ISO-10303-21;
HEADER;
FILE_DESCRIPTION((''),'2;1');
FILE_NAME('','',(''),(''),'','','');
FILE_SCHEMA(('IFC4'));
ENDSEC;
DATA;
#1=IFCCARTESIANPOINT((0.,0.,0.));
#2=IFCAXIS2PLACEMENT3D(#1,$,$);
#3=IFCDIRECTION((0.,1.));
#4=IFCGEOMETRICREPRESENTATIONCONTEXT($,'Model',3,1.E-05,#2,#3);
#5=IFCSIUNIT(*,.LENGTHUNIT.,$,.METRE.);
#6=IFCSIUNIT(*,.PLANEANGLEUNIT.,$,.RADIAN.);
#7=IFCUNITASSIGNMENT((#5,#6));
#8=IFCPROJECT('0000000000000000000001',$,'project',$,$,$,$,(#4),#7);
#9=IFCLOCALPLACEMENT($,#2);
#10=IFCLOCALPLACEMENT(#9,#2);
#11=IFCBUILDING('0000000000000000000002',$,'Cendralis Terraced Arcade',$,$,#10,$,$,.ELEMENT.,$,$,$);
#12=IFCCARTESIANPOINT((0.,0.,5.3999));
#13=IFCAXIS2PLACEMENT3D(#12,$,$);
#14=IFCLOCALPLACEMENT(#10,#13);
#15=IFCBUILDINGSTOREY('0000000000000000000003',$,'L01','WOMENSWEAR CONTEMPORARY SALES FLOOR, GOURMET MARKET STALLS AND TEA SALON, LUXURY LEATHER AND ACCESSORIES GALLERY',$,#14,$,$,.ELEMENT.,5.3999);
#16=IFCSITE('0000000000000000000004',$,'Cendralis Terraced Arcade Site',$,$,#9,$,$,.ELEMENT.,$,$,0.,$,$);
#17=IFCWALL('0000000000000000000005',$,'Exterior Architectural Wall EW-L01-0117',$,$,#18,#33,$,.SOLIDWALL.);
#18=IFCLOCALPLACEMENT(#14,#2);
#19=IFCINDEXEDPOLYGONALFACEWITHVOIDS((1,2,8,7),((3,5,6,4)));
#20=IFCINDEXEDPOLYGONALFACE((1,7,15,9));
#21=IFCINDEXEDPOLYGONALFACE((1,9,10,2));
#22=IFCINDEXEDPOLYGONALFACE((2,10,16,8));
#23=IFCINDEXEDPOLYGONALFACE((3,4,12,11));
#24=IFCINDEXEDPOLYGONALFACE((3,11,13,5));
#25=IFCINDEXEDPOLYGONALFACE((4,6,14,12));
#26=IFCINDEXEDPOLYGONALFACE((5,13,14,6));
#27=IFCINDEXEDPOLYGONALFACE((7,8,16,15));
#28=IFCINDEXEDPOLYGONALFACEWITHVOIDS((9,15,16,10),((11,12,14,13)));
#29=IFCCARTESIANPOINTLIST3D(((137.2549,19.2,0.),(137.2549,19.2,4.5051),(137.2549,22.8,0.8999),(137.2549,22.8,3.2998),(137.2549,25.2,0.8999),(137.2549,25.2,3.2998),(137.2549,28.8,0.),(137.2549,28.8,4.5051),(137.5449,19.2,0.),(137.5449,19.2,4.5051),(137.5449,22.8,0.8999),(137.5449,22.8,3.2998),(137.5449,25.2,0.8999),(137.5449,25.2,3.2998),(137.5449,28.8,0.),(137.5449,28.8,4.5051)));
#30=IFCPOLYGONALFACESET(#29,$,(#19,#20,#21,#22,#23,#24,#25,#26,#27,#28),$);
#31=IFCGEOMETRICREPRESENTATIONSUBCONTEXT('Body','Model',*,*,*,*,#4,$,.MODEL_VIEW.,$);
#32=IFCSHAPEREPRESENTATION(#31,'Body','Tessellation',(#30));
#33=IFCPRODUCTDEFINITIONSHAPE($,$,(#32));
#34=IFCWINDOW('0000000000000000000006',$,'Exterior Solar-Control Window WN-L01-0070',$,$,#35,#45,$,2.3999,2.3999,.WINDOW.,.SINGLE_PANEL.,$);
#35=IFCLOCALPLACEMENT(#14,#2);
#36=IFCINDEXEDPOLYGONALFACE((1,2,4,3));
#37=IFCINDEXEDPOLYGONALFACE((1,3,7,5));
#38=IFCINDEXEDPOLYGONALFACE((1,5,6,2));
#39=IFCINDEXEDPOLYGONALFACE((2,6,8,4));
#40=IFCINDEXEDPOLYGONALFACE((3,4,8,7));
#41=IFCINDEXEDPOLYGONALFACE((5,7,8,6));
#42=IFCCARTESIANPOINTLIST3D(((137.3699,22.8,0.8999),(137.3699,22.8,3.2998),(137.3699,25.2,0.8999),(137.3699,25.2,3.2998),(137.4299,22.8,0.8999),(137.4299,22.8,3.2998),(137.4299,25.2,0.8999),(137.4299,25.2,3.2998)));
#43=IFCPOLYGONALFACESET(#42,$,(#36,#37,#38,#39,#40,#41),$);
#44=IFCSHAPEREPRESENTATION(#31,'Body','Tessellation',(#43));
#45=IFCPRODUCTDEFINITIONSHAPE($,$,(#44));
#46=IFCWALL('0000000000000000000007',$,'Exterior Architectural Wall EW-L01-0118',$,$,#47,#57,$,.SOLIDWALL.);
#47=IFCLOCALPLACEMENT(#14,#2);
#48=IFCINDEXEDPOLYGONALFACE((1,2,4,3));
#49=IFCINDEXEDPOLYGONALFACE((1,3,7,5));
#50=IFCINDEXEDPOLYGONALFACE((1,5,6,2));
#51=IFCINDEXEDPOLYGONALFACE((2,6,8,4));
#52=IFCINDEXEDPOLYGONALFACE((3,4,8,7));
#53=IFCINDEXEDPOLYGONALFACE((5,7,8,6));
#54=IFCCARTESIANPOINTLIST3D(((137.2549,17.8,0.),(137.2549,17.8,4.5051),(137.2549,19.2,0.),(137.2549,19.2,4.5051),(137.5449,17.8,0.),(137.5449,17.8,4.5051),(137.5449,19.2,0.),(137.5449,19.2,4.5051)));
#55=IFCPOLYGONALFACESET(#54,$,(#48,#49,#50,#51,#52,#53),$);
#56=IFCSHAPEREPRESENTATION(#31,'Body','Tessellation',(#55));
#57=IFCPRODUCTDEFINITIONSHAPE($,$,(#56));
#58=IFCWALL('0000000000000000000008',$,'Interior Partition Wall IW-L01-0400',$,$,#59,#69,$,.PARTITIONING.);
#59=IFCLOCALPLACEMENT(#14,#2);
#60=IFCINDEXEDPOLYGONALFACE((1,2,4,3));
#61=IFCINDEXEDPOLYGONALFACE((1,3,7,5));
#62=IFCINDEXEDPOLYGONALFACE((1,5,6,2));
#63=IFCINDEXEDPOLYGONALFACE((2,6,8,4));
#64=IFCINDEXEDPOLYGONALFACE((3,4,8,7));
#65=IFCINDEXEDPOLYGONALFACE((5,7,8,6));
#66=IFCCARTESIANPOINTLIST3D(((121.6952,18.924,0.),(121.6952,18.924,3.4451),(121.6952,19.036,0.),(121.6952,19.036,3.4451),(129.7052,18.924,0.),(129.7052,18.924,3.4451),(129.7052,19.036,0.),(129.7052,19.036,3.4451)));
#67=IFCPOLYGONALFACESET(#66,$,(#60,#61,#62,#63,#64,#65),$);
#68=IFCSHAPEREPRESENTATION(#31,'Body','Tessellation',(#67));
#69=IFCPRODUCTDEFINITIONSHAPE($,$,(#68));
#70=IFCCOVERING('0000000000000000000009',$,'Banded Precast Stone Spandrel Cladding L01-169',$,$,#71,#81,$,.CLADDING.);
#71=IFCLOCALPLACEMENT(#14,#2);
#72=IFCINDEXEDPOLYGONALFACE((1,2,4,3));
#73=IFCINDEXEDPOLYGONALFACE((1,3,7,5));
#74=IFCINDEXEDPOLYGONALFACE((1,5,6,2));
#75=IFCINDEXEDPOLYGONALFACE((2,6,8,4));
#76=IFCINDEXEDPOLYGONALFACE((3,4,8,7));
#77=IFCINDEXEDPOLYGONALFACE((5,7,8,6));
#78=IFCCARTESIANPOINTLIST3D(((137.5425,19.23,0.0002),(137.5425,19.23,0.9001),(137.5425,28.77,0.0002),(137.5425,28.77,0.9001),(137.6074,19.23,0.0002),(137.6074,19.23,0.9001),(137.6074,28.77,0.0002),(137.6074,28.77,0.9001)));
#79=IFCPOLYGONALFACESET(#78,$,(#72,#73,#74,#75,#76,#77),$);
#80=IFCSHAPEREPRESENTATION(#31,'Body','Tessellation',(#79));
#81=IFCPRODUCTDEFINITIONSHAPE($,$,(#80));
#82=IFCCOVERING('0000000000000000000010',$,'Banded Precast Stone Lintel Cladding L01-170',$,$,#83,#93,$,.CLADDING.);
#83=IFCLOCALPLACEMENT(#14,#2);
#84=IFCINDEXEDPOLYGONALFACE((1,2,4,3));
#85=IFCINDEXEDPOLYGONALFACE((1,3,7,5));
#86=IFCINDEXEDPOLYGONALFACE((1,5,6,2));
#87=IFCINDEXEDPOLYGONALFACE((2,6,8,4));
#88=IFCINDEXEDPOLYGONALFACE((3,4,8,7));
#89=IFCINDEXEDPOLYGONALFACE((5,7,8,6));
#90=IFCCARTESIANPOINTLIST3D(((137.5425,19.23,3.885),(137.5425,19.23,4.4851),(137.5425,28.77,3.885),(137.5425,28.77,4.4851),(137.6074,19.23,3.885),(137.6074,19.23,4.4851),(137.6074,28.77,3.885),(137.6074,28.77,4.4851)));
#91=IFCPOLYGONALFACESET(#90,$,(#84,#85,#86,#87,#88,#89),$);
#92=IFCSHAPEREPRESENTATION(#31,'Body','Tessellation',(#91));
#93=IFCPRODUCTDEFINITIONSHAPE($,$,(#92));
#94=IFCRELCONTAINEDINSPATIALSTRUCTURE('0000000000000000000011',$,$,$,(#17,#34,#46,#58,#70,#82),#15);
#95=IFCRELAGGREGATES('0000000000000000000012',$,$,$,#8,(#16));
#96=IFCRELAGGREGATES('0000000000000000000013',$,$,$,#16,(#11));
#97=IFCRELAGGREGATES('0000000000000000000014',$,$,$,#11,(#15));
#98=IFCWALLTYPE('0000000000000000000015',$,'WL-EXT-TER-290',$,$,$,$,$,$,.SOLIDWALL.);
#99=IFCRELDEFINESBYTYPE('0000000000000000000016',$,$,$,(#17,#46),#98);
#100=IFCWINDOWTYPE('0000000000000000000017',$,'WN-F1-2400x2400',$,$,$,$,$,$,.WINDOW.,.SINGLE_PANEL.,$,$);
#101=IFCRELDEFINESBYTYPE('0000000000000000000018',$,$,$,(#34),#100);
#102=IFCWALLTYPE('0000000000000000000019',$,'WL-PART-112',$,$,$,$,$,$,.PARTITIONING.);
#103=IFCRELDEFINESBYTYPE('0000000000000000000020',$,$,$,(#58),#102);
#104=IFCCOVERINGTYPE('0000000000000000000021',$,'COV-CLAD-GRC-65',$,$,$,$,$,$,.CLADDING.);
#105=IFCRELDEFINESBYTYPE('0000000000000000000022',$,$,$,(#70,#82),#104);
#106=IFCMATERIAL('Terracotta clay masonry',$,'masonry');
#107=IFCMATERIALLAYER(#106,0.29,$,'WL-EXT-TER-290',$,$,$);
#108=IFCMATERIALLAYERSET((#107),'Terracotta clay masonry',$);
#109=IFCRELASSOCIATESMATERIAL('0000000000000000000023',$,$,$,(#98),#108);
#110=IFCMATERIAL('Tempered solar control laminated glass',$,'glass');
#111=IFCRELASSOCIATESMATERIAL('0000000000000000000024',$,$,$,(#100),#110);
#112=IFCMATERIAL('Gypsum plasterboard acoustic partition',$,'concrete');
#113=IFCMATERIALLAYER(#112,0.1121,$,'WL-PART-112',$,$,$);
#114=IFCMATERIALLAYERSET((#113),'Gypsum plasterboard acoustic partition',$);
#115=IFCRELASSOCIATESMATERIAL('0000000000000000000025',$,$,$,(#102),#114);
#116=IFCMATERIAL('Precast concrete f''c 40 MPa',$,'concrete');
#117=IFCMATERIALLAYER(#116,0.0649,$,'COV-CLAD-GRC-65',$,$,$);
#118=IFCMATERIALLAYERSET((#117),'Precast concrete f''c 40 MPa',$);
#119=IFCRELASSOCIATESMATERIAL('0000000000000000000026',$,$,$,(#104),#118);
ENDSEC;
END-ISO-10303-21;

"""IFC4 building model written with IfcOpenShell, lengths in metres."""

from ifc_helpers import new_model, si_unit, direction, frame, frame_2d, origin, origin_2d, place, context, subcontext, project, spatial, rectangle, extrude, material, layer, layer_set, type_object, element, fill, save


model = new_model("IFC4")

# Units and contexts
model_context = context("Model", 3, precision=1e-05, world=origin(), true_north=direction((0.0, 1.0)))
body_context = subcontext(model_context, "Body", "Model", "MODEL_VIEW")
ifc_project = project(units=[si_unit("LENGTHUNIT", "METRE"), si_unit("PLANEANGLEUNIT", "RADIAN")], contexts=[model_context])

# Site, building, storey
site_placement = place(None, origin())
site = spatial("IfcSite", under=ifc_project, at=site_placement, Name="Cendralis Terraced Arcade Site", CompositionType="ELEMENT", RefElevation=0.0)
building_placement = place(site_placement, origin())
building = spatial("IfcBuilding", under=site, at=building_placement, Name="Cendralis Terraced Arcade", CompositionType="ELEMENT")
storey_placement = place(building_placement, frame((0.0, 0.0, 5.3999)))
storey = spatial("IfcBuildingStorey", under=building, at=storey_placement, Name="L01", Description="WOMENSWEAR CONTEMPORARY SALES FLOOR, GOURMET MARKET STALLS AND TEA SALON, LUXURY LEATHER AND ACCESSORIES GALLERY", CompositionType="ELEMENT", Elevation=5.3999)

# Shared definitions
ifc_material_1 = material(Name="Tempered solar control laminated glass", Category="glass")

# Shared definitions
ifc_material_2 = material(Name="Gypsum plasterboard acoustic partition", Category="concrete")

# Wall, opening, window
ifc_material_3 = material(Name="Terracotta clay masonry", Category="masonry")
ifc_layer_1 = layer(ifc_material_3, 0.29, Name="WL-EXT-TER-290")
ifc_layer_set_1 = layer_set([ifc_layer_1], Name="Terracotta clay masonry")
wall_type_1 = type_object("IfcWallType", Name="WL-EXT-TER-290", PredefinedType="SOLIDWALL", material=ifc_layer_set_1)
wall_1_placement = place(storey_placement, frame((137.3999, 28.8, 0.0), z_axis=(0.0, 0.0, 1.0), x_axis=(0.0, -1.0, 0.0)))
wall_1 = element("IfcWall", 1, at=wall_1_placement, inside=storey, type_object=wall_type_1, Name="Exterior Architectural Wall EW-L01-0117", PredefinedType="SOLIDWALL", context=body_context, shape_type="SweptSolid", body=[
    extrude(rectangle(XDim=9.6001, YDim=0.29, at=frame_2d((4.8, 0.0))), origin(), (0.0, 0.0, 1.0), 4.5051),
])
opening_placement = place(wall_1_placement, frame((3.6001, 0.0, 0.8999)))
opening = element("IfcOpeningElement", 2, at=opening_placement, cuts=wall_1, PredefinedType="OPENING", context=body_context, shape_type="SweptSolid", body=[
    extrude(rectangle(XDim=2.3999, YDim=2.3999, at=frame_2d((1.2, 1.2))), frame((0.0, 0.157, 0.0), z_axis=(0.0, -1.0, 0.0), x_axis=(1.0, 0.0, 0.0)), (0.0, 0.0, 1.0), 0.314),
])
window_type = type_object("IfcWindowType", Name="WN-F1-2400x2400", PartitioningType="SINGLE_PANEL", PredefinedType="WINDOW", material=ifc_material_1)
window_placement = place(opening_placement, origin())
window = element("IfcWindow", 3, at=window_placement, inside=storey, type_object=window_type, Name="Exterior Solar-Control Window WN-L01-0070", OverallHeight=2.3999, OverallWidth=2.3999, PartitioningType="SINGLE_PANEL", PredefinedType="WINDOW", context=body_context, shape_type="SweptSolid", body=[
    extrude(rectangle(XDim=2.3999, YDim=2.3999, at=frame_2d((1.2, 1.2))), frame((0.0, 0.03, 0.0), z_axis=(0.0, -1.0, 0.0), x_axis=(1.0, 0.0, 0.0)), (0.0, 0.0, 1.0), 0.0601),
])
fill(opening, window)

# Walls
wall_2_placement = place(storey_placement, frame((137.3999, 19.2, 0.0), z_axis=(0.0, 0.0, 1.0), x_axis=(0.0, -1.0, 0.0)))
element("IfcWall", 4, at=wall_2_placement, inside=storey, type_object=wall_type_1, Name="Exterior Architectural Wall EW-L01-0118", PredefinedType="SOLIDWALL", context=body_context, shape_type="SweptSolid", body=[
    extrude(rectangle(XDim=1.3999, YDim=0.29, at=frame_2d((0.7, 0.0))), origin(), (0.0, 0.0, 1.0), 4.5051),
])
ifc_layer_2 = layer(ifc_material_2, 0.1121, Name="WL-PART-112")
ifc_layer_set_2 = layer_set([ifc_layer_2], Name="Gypsum plasterboard acoustic partition")
wall_type_2 = type_object("IfcWallType", Name="WL-PART-112", PredefinedType="PARTITIONING", material=ifc_layer_set_2)
wall_3_placement = place(storey_placement, frame((129.7051, 18.98, 0.0), z_axis=(0.0, 0.0, 1.0), x_axis=(-1.0, 0.0, 0.0)))
element("IfcWall", 5, at=wall_3_placement, inside=storey, type_object=wall_type_2, Name="Interior Partition Wall IW-L01-0400", PredefinedType="PARTITIONING", context=body_context, shape_type="SweptSolid", body=[
    extrude(rectangle(XDim=8.01, YDim=0.1121, at=frame_2d((4.0049, 0.0))), origin(), (0.0, 0.0, 1.0), 3.4451),
])

# Coverings
ifc_material_4 = material(Name="Precast concrete f'c 40 MPa", Category="concrete")
ifc_layer_3 = layer(ifc_material_4, 0.0649, Name="COV-CLAD-GRC-65")
ifc_layer_set_3 = layer_set([ifc_layer_3], Name="Precast concrete f'c 40 MPa")
covering_type = type_object("IfcCoveringType", Name="COV-CLAD-GRC-65", PredefinedType="CLADDING", material=ifc_layer_set_3)
covering_1_placement = place(storey_placement, frame((137.575, 24.0, 0.0002), z_axis=(0.0, 0.0, 1.0), x_axis=(0.0, -1.0, 0.0)))
element("IfcCovering", 6, at=covering_1_placement, inside=storey, type_object=covering_type, Name="Banded Precast Stone Spandrel Cladding L01-169", PredefinedType="CLADDING", context=body_context, shape_type="SweptSolid", body=[
    extrude(rectangle(XDim=9.54, YDim=0.0649, at=origin_2d()), origin(), (0.0, 0.0, 1.0), 0.8999),
])
covering_2_placement = place(storey_placement, frame((137.575, 24.0, 3.885), z_axis=(0.0, 0.0, 1.0), x_axis=(0.0, -1.0, 0.0)))
element("IfcCovering", 7, at=covering_2_placement, inside=storey, type_object=covering_type, Name="Banded Precast Stone Lintel Cladding L01-170", PredefinedType="CLADDING", context=body_context, shape_type="SweptSolid", body=[
    extrude(rectangle(XDim=9.54, YDim=0.0649, at=origin_2d()), origin(), (0.0, 0.0, 1.0), 0.6001),
])

save(model, "model.ifc")
